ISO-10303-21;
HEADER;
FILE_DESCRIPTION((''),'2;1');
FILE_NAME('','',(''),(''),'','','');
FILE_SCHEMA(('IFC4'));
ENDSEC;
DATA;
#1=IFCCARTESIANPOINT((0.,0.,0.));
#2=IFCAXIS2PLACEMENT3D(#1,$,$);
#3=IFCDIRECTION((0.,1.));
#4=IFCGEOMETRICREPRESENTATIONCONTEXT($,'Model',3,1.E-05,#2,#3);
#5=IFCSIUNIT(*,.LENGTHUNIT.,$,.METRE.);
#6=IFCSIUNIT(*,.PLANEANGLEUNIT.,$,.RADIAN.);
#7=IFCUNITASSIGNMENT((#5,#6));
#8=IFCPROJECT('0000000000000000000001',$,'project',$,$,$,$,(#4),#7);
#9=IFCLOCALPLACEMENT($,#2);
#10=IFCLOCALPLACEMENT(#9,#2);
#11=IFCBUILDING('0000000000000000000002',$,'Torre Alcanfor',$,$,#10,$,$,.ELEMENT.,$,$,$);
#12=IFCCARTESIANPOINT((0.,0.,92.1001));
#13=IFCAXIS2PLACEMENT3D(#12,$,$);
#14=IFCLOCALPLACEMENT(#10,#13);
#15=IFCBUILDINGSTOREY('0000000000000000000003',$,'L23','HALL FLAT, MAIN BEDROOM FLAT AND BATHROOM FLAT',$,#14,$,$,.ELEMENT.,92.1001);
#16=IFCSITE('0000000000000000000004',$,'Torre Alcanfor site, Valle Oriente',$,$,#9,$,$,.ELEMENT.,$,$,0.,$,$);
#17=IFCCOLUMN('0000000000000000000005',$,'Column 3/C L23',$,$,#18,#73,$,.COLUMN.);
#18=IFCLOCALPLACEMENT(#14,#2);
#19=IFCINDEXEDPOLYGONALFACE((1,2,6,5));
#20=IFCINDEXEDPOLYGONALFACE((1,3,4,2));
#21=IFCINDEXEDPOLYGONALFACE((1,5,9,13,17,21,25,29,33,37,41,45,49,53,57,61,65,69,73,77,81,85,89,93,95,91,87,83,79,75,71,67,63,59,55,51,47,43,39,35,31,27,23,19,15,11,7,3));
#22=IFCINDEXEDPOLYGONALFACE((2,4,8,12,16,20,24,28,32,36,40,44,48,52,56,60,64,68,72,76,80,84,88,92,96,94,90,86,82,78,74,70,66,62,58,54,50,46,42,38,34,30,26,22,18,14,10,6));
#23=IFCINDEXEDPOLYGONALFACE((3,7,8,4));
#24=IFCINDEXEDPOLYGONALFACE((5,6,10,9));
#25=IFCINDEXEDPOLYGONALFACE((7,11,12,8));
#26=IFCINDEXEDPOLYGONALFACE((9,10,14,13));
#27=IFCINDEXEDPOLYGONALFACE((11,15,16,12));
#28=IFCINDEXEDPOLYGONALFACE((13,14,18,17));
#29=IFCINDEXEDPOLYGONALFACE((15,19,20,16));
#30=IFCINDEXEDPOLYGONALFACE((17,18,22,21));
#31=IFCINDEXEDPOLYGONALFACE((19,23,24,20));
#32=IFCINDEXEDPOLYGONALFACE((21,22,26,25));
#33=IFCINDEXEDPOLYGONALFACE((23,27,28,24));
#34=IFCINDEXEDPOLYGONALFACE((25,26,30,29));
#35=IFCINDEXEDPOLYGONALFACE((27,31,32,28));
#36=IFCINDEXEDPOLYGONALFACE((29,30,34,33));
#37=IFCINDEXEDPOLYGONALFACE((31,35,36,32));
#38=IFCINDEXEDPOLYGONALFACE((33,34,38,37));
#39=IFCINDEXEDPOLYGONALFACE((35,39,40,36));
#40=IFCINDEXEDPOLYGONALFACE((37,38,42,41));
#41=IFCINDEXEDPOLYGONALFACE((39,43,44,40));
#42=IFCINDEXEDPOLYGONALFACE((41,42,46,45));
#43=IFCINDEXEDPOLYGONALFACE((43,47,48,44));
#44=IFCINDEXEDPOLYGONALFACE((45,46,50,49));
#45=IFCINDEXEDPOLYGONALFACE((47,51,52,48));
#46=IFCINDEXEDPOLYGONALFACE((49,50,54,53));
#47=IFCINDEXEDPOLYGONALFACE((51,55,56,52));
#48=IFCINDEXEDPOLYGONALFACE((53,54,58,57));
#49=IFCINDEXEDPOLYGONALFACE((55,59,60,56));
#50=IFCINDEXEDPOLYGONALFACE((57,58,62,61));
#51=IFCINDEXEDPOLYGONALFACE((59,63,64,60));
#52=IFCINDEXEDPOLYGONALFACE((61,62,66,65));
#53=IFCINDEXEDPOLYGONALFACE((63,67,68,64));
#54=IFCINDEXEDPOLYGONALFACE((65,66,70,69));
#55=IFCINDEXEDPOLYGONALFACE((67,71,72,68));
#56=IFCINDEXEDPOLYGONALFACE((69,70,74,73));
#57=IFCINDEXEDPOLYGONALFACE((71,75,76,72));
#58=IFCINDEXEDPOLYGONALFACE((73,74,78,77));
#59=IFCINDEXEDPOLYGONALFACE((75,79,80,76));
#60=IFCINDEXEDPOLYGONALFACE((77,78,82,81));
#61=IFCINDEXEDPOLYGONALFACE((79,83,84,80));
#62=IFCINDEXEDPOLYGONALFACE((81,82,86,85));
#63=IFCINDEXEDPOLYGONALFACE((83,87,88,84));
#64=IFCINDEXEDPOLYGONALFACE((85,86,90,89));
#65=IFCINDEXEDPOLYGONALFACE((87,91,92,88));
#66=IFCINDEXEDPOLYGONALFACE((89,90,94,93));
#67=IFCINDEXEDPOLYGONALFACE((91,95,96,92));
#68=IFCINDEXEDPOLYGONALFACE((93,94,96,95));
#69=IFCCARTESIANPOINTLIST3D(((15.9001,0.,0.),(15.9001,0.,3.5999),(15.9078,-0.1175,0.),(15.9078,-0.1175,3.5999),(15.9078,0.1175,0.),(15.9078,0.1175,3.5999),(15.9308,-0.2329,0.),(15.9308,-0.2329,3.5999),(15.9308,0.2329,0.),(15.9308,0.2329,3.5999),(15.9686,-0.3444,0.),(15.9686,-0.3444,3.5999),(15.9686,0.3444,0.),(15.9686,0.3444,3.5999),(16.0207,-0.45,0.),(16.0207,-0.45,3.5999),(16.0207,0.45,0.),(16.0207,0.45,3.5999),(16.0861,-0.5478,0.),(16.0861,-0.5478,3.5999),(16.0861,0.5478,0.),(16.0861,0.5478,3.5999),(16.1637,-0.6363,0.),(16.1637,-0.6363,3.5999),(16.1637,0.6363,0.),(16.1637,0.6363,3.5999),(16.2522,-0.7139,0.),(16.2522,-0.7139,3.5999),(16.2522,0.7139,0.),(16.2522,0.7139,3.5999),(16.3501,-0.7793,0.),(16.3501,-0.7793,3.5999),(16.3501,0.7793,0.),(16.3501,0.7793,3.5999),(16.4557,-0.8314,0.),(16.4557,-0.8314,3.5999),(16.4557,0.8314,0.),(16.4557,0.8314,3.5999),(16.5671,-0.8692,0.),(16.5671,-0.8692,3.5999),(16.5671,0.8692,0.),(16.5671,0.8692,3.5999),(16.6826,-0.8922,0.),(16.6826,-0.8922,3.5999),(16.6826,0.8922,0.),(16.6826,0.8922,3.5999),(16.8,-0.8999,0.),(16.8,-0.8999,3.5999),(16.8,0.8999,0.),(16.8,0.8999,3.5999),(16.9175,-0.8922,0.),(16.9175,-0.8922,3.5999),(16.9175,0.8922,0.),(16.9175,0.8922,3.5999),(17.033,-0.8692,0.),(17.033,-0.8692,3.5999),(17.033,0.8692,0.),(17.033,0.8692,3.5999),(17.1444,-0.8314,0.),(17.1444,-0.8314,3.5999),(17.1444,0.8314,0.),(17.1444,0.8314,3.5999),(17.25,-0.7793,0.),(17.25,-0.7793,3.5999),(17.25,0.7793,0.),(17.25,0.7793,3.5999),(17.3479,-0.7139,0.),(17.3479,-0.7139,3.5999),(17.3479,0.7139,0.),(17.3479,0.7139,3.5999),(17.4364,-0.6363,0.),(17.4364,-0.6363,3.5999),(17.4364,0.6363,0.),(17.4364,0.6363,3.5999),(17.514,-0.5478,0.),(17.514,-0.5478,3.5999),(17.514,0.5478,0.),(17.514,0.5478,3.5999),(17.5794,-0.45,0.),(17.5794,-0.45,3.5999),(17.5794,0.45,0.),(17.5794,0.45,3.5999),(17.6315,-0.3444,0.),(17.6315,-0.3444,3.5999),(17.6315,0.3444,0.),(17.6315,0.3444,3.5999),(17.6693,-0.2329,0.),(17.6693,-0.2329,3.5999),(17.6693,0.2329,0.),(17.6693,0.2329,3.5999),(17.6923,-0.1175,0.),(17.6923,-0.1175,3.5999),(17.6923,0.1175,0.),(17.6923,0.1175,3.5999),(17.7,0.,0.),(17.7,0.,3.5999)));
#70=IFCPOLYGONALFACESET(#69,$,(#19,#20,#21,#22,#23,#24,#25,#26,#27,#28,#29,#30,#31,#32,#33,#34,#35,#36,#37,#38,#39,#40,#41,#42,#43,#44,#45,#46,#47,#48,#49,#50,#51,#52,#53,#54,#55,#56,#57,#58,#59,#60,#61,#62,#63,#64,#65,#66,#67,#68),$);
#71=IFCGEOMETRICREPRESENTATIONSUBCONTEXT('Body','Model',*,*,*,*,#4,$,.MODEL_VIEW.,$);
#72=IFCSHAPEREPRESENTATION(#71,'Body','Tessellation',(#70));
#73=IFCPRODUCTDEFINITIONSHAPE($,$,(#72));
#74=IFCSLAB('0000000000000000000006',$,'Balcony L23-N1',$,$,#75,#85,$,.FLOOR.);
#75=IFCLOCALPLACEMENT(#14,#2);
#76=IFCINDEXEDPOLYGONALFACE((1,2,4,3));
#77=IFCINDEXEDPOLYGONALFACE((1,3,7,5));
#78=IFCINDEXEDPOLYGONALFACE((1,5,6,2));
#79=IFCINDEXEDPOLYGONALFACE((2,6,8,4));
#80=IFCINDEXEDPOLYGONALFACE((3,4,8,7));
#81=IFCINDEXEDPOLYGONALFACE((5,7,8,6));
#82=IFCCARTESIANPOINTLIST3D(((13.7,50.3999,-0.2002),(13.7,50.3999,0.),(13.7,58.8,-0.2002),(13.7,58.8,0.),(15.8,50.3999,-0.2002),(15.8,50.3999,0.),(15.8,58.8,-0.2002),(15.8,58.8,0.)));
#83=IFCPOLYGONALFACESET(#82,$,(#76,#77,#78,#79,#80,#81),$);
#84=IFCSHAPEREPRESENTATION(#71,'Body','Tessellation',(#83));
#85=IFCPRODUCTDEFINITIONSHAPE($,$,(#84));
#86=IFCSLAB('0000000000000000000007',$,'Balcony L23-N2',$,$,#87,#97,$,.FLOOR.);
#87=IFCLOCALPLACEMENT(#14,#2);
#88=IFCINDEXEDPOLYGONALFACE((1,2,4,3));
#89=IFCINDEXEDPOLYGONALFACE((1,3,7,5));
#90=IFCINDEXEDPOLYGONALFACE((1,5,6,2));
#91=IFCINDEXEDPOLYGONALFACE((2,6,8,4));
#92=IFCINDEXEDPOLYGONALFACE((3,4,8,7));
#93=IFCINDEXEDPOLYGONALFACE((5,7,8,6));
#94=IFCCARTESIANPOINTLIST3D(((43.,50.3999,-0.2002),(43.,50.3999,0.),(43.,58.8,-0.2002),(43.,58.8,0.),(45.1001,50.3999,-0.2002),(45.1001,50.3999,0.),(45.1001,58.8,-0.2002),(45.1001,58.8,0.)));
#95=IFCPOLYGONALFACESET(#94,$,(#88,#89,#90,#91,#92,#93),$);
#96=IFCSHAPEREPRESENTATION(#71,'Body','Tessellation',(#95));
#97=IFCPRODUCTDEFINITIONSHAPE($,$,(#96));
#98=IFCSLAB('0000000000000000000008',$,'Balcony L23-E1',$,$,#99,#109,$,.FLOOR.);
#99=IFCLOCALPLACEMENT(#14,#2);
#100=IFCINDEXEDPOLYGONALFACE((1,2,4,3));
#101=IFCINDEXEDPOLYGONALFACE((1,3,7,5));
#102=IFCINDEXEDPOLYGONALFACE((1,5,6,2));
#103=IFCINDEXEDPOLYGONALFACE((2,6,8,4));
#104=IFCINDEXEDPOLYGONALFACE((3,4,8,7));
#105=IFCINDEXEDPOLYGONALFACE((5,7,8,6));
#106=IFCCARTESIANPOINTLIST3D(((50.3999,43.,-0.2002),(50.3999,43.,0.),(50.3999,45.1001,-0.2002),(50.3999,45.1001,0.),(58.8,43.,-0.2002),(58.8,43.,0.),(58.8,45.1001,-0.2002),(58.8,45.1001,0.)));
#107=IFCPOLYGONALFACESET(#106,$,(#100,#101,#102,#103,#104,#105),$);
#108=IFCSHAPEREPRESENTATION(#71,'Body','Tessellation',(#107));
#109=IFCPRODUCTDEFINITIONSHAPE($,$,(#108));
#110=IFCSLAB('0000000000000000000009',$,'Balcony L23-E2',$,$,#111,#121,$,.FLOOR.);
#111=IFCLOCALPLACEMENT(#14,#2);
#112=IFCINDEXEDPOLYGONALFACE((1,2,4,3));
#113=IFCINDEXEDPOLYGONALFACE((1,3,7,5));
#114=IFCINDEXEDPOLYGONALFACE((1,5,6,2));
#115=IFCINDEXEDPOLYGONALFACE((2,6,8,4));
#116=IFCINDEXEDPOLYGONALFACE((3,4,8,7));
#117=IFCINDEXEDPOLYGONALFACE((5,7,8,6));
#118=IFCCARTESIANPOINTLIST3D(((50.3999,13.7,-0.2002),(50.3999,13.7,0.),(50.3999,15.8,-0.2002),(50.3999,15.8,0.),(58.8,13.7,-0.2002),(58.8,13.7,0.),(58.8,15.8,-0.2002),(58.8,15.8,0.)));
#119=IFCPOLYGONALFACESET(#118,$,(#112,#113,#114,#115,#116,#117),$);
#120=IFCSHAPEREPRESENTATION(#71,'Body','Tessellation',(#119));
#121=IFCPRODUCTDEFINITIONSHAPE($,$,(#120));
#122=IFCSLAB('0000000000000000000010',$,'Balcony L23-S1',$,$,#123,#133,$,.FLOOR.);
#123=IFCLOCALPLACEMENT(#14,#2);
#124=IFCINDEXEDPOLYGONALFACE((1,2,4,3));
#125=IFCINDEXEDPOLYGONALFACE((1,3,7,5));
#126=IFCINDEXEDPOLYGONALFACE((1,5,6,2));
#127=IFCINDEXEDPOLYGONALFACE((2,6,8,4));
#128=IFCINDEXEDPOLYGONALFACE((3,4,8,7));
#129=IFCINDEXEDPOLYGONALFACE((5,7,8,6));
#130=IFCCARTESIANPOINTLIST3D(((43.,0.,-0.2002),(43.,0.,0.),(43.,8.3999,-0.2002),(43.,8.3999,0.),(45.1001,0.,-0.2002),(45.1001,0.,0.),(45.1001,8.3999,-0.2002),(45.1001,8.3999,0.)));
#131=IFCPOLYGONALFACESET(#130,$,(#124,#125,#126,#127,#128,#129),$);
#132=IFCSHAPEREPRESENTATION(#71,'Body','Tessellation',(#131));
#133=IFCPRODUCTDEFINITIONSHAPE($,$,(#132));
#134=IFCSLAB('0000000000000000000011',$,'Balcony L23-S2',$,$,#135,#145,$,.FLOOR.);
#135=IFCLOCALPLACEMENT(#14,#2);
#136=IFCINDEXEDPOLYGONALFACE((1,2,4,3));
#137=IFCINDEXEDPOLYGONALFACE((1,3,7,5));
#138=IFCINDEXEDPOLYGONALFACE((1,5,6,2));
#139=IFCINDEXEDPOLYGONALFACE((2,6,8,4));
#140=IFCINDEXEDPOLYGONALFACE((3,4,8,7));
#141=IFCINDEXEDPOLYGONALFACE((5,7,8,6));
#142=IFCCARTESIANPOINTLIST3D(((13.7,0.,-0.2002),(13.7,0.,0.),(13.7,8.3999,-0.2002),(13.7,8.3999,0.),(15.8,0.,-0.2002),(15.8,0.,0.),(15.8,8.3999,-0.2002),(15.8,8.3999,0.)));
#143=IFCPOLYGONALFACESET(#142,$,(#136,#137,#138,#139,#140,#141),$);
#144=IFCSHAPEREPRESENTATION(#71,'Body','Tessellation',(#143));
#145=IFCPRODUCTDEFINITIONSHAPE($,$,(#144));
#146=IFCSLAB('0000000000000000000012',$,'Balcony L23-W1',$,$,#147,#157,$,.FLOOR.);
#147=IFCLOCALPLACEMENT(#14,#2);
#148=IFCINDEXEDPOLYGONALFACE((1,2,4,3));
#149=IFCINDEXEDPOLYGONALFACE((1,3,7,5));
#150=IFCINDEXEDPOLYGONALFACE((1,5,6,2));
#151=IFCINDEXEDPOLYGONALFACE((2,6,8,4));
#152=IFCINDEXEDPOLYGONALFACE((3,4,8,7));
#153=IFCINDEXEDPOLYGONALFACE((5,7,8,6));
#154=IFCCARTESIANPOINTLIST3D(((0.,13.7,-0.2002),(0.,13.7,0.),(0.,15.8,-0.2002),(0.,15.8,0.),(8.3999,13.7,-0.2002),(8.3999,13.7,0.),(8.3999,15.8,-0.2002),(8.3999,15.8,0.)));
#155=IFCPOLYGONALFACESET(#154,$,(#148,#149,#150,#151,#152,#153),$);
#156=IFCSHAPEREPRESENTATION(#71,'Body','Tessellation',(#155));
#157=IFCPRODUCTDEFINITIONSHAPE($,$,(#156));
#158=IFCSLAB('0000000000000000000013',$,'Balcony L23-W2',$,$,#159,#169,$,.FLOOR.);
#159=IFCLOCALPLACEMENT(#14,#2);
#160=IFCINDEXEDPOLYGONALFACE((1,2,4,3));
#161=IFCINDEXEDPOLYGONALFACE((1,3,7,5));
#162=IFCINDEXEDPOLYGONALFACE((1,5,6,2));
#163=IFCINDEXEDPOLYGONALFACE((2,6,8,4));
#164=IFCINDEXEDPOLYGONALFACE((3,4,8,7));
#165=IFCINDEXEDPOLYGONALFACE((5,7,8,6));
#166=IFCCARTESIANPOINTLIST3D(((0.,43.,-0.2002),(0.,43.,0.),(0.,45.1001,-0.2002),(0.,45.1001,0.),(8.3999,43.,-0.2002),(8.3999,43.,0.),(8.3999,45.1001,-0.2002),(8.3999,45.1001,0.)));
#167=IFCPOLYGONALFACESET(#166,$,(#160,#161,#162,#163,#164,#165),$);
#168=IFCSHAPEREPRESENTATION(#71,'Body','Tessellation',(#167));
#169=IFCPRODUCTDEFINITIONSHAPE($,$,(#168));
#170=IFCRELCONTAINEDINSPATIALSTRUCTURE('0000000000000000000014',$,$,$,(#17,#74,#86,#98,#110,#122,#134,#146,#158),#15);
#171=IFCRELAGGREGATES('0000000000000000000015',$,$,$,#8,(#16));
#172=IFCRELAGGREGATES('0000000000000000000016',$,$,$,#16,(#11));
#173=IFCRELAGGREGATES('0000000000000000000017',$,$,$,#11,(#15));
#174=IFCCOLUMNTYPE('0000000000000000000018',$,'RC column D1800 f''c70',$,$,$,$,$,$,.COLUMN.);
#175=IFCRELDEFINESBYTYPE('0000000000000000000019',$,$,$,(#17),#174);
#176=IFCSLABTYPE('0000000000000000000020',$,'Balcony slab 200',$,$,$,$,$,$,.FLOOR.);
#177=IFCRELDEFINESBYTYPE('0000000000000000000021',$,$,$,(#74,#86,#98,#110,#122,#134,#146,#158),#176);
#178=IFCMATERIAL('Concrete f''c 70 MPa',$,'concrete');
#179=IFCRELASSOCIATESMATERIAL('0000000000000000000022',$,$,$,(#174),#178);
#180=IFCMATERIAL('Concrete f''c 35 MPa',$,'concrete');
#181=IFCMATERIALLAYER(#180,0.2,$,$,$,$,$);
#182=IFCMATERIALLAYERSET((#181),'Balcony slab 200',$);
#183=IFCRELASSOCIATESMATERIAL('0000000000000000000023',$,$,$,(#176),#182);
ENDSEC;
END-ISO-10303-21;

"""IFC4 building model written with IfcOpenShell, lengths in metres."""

from ifc_helpers import new_model, si_unit, direction, frame, origin, origin_2d, place, context, subcontext, project, spatial, polyline, circle, outline, extrude, material, layer, layer_set, material_profile, profile_set, type_object, element, save


model = new_model("IFC4")

# Units and contexts
model_context = context("Model", 3, precision=1e-05, world=origin(), true_north=direction((0.0, 1.0)))
body_context = subcontext(model_context, "Body", "Model", "MODEL_VIEW")
ifc_project = project(units=[si_unit("LENGTHUNIT", "METRE"), si_unit("PLANEANGLEUNIT", "RADIAN")], contexts=[model_context])

# Site, building, storey
site_placement = place(None, origin())
site = spatial("IfcSite", under=ifc_project, at=site_placement, Name="Torre Alcanfor site, Valle Oriente", CompositionType="ELEMENT", RefElevation=0.0)
building_placement = place(site_placement, origin())
building = spatial("IfcBuilding", under=site, at=building_placement, Name="Torre Alcanfor", CompositionType="ELEMENT")
storey_placement = place(building_placement, frame((0.0, 0.0, 92.1001)))
storey = spatial("IfcBuildingStorey", under=building, at=storey_placement, Name="L23", Description="HALL FLAT, MAIN BEDROOM FLAT AND BATHROOM FLAT", CompositionType="ELEMENT", Elevation=92.1001)

# Column
ifc_material_1 = material(Name="Concrete f'c 70 MPa", Category="concrete")
ifc_material_profile = material_profile(ifc_material_1, circle(Radius=0.8999, at=origin_2d()), Name="D1800")
ifc_profile_set = profile_set([ifc_material_profile], Name="Concrete f'c 70 MPa")
column_type = type_object("IfcColumnType", Name="RC column D1800 f'c70", PredefinedType="COLUMN", material=ifc_profile_set)
column_placement = place(storey_placement, frame((16.8, 0.0, 0.0), z_axis=(0.0, 0.0, 1.0), x_axis=(1.0, 0.0, 0.0)))
element("IfcColumn", 1, at=column_placement, inside=storey, type_object=column_type, Name="Column 3/C L23", PredefinedType="COLUMN", context=body_context, shape_type="SweptSolid", body=[
    extrude(circle(Radius=0.8999, at=origin_2d()), origin(), (0.0, 0.0, 1.0), 3.5999),
])

# Slabs
ifc_material_2 = material(Name="Concrete f'c 35 MPa", Category="concrete")
ifc_layer_1 = layer(ifc_material_2, 0.2)
ifc_layer_set_1 = layer_set([ifc_layer_1], Name="Balcony slab 200")
slab_type_1 = type_object("IfcSlabType", Name="Balcony slab 200", PredefinedType="FLOOR", material=ifc_layer_set_1)
slab_1_placement = place(storey_placement, frame((0.0, 0.0, -0.2002)))
element("IfcSlab", 2, at=slab_1_placement, inside=storey, type_object=slab_type_1, Name="Balcony L23-N1", PredefinedType="FLOOR", context=body_context, shape_type="SweptSolid", body=[
    extrude(outline(polyline([(15.8, 50.3999), (15.8, 58.8), (13.7, 58.8), (13.7, 50.3999), (15.8, 50.3999)])), origin(), (0.0, 0.0, 1.0), 0.2002),
])
slab_2_placement = place(storey_placement, frame((0.0, 0.0, -0.2002)))
element("IfcSlab", 3, at=slab_2_placement, inside=storey, type_object=slab_type_1, Name="Balcony L23-N2", PredefinedType="FLOOR", context=body_context, shape_type="SweptSolid", body=[
    extrude(outline(polyline([(45.1001, 50.3999), (45.1001, 58.8), (43.0, 58.8), (43.0, 50.3999), (45.1001, 50.3999)])), origin(), (0.0, 0.0, 1.0), 0.2002),
])
slab_3_placement = place(storey_placement, frame((0.0, 0.0, -0.2002)))
element("IfcSlab", 4, at=slab_3_placement, inside=storey, type_object=slab_type_1, Name="Balcony L23-E1", PredefinedType="FLOOR", context=body_context, shape_type="SweptSolid", body=[
    extrude(outline(polyline([(50.3999, 43.0), (58.8, 43.0), (58.8, 45.1001), (50.3999, 45.1001), (50.3999, 43.0)])), origin(), (0.0, 0.0, 1.0), 0.2002),
])
slab_4_placement = place(storey_placement, frame((0.0, 0.0, -0.2002)))
element("IfcSlab", 5, at=slab_4_placement, inside=storey, type_object=slab_type_1, Name="Balcony L23-E2", PredefinedType="FLOOR", context=body_context, shape_type="SweptSolid", body=[
    extrude(outline(polyline([(50.3999, 13.7), (58.8, 13.7), (58.8, 15.8), (50.3999, 15.8), (50.3999, 13.7)])), origin(), (0.0, 0.0, 1.0), 0.2002),
])
slab_5_placement = place(storey_placement, frame((0.0, 0.0, -0.2002)))
element("IfcSlab", 6, at=slab_5_placement, inside=storey, type_object=slab_type_1, Name="Balcony L23-S1", PredefinedType="FLOOR", context=body_context, shape_type="SweptSolid", body=[
    extrude(outline(polyline([(43.0, 8.3999), (43.0, 0.0), (45.1001, 0.0), (45.1001, 8.3999), (43.0, 8.3999)])), origin(), (0.0, 0.0, 1.0), 0.2002),
])
slab_6_placement = place(storey_placement, frame((0.0, 0.0, -0.2002)))
element("IfcSlab", 7, at=slab_6_placement, inside=storey, type_object=slab_type_1, Name="Balcony L23-S2", PredefinedType="FLOOR", context=body_context, shape_type="SweptSolid", body=[
    extrude(outline(polyline([(13.7, 8.3999), (13.7, 0.0), (15.8, 0.0), (15.8, 8.3999), (13.7, 8.3999)])), origin(), (0.0, 0.0, 1.0), 0.2002),
])
slab_7_placement = place(storey_placement, frame((0.0, 0.0, -0.2002)))
element("IfcSlab", 8, at=slab_7_placement, inside=storey, type_object=slab_type_1, Name="Balcony L23-W1", PredefinedType="FLOOR", context=body_context, shape_type="SweptSolid", body=[
    extrude(outline(polyline([(8.3999, 15.8), (0.0, 15.8), (0.0, 13.7), (8.3999, 13.7), (8.3999, 15.8)])), origin(), (0.0, 0.0, 1.0), 0.2002),
])
slab_8_placement = place(storey_placement, frame((0.0, 0.0, -0.2002)))
element("IfcSlab", 9, at=slab_8_placement, inside=storey, type_object=slab_type_1, Name="Balcony L23-W2", PredefinedType="FLOOR", context=body_context, shape_type="SweptSolid", body=[
    extrude(outline(polyline([(8.3999, 45.1001), (0.0, 45.1001), (0.0, 43.0), (8.3999, 43.0), (8.3999, 45.1001)])), origin(), (0.0, 0.0, 1.0), 0.2002),
])

save(model, "model.ifc")
